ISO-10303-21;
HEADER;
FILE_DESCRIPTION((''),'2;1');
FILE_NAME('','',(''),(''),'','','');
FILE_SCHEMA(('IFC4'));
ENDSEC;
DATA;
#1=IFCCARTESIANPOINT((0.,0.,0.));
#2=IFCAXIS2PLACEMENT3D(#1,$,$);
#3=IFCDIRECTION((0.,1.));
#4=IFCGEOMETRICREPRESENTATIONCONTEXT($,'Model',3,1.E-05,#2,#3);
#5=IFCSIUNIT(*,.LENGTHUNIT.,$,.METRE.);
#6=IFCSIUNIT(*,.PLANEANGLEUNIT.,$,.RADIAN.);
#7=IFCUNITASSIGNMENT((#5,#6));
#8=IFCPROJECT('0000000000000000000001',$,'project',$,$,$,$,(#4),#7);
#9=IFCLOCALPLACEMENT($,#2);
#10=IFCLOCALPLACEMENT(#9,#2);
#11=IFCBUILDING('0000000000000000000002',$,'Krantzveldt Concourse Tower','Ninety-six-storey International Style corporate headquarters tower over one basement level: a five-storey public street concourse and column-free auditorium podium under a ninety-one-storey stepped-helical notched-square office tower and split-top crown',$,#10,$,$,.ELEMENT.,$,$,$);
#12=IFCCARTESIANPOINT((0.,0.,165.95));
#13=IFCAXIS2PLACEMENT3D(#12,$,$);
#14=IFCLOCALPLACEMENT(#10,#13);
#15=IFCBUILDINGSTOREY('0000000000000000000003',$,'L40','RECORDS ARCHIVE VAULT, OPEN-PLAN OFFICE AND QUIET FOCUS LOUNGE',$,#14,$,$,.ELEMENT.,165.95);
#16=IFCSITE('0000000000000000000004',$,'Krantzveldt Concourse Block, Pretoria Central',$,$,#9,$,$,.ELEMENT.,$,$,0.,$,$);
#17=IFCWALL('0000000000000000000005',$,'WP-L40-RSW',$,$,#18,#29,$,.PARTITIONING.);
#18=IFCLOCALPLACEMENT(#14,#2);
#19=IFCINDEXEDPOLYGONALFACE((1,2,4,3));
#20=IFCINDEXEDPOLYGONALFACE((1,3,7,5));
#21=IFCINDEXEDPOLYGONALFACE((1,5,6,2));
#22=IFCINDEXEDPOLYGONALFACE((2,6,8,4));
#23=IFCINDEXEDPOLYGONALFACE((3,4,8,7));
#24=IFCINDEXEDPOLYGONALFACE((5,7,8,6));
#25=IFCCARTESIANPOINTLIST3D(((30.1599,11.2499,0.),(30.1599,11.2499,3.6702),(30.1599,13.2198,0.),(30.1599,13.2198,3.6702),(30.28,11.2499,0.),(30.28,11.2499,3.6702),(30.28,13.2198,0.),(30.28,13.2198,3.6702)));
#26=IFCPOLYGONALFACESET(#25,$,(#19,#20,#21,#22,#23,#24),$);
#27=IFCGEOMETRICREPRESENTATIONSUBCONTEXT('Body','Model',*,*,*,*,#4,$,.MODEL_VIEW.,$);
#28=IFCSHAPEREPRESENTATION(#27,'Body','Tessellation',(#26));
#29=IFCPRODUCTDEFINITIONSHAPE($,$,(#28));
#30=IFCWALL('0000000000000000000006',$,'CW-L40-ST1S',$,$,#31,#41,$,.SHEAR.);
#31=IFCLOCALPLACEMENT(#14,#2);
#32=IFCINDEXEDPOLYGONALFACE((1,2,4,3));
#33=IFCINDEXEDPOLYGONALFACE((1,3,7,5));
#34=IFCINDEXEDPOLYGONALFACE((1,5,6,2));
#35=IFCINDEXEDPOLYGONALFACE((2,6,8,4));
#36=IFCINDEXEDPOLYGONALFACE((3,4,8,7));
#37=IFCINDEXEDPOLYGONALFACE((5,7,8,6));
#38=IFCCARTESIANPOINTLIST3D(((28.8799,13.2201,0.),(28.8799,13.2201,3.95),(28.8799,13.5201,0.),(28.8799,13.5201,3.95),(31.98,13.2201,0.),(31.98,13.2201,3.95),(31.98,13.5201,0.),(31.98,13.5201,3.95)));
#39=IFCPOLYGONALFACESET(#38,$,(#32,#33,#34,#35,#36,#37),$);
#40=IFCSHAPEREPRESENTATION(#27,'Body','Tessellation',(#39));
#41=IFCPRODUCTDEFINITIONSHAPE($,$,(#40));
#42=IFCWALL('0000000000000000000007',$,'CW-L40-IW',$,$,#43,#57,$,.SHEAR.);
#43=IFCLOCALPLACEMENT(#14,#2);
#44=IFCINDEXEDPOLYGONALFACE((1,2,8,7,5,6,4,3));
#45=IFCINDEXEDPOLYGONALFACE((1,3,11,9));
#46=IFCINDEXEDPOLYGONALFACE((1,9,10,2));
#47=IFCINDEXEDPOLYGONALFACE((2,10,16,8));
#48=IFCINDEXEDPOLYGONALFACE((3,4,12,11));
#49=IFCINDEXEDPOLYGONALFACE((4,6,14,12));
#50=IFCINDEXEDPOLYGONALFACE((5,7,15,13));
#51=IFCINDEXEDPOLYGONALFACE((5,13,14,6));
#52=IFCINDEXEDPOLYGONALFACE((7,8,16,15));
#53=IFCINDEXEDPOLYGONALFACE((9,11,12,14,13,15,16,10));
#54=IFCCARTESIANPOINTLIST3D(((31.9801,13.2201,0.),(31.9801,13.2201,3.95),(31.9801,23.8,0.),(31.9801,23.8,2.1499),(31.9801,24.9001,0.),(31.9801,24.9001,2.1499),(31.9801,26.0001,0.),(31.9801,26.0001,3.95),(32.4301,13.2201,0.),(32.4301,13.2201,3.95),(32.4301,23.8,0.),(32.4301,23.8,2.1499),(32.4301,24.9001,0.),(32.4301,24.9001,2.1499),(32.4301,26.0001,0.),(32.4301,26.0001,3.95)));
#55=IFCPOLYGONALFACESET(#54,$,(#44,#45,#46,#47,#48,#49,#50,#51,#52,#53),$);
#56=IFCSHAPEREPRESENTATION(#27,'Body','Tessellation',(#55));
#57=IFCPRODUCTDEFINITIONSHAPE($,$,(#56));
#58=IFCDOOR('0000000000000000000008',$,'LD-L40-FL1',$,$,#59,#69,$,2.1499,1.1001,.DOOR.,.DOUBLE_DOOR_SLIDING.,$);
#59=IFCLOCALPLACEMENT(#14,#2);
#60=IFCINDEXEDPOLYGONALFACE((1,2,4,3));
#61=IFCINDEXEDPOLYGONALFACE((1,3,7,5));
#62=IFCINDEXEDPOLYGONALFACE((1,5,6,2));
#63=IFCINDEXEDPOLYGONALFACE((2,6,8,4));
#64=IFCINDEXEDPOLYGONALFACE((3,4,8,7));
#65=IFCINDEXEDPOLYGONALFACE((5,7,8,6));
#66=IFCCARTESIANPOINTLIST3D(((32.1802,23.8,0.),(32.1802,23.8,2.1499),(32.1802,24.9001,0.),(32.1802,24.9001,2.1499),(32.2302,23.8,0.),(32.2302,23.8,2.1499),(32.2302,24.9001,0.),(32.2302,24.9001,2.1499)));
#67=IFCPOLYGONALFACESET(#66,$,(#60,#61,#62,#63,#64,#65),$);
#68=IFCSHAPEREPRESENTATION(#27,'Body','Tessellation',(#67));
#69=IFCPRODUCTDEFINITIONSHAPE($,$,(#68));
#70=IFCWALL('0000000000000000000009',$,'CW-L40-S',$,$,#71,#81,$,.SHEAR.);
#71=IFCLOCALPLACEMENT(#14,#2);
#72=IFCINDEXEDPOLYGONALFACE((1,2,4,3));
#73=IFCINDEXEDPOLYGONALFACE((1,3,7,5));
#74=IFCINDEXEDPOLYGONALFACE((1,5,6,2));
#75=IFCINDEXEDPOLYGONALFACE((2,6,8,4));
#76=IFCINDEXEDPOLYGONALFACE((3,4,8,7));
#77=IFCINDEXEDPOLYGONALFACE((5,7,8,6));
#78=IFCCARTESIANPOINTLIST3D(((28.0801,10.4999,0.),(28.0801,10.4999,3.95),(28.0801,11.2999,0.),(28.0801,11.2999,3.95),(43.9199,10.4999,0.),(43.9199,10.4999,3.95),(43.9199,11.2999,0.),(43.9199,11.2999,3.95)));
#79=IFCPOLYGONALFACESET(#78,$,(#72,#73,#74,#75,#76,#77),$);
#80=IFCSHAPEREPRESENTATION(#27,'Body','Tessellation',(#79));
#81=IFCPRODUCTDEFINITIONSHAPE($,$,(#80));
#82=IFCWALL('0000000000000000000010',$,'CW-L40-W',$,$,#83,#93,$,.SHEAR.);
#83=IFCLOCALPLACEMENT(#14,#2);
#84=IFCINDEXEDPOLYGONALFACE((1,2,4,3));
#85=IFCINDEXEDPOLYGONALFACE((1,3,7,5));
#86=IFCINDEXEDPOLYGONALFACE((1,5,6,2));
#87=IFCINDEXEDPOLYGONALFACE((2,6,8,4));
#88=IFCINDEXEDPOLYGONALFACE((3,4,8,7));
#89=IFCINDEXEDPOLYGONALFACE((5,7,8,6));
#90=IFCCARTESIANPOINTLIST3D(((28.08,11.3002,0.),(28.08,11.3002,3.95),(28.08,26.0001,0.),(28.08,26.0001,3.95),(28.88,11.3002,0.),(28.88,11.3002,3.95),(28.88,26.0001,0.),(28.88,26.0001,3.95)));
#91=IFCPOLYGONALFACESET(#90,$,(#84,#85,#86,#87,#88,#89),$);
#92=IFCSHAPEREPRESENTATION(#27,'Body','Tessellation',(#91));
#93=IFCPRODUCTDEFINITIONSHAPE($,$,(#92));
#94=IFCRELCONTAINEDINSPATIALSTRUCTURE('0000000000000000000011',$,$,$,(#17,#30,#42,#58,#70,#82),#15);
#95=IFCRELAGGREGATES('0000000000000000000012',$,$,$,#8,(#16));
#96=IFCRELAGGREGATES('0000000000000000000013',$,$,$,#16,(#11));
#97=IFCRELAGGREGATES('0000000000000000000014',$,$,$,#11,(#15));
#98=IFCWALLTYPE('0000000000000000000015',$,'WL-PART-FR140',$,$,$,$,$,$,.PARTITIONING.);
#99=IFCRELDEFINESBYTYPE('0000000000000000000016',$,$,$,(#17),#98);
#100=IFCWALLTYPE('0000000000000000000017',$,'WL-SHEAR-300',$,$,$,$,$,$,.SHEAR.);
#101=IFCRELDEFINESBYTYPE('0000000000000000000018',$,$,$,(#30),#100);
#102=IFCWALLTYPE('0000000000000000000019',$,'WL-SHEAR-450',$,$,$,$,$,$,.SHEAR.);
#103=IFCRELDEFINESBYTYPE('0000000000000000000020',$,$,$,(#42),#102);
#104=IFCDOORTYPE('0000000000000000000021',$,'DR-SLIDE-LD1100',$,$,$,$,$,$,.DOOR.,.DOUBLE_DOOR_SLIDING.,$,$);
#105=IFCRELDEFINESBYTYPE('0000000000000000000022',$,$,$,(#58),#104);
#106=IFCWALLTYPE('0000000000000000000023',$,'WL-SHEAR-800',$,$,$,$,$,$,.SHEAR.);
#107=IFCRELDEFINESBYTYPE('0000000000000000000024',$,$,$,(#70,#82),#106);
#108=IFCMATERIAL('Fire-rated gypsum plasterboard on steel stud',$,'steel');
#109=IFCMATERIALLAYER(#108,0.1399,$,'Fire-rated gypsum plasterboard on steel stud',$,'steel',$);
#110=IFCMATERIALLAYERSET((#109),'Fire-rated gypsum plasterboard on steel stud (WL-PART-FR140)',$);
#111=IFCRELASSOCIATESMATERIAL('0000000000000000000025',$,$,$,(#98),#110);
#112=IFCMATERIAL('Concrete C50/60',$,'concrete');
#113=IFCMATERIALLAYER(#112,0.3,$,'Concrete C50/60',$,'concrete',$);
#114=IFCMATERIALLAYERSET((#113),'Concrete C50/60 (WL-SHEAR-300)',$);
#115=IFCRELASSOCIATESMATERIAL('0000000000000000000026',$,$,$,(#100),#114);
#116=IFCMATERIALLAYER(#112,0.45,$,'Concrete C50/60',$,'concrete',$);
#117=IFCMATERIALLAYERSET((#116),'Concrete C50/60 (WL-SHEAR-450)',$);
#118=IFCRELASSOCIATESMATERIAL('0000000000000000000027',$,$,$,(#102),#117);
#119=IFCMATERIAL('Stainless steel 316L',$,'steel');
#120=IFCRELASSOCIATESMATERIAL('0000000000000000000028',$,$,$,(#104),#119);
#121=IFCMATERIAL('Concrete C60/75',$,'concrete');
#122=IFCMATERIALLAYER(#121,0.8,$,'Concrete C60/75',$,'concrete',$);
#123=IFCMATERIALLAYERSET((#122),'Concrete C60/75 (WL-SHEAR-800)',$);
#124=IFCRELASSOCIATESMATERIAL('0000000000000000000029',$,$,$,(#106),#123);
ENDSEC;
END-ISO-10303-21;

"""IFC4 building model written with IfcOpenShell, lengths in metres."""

from ifc_helpers import new_model, si_unit, direction, frame, frame_2d, origin, place, context, subcontext, project, spatial, rectangle, extrude, material, layer, layer_set, type_object, element, fill, save


model = new_model("IFC4")

# Units and contexts
model_context = context("Model", 3, precision=1e-05, world=origin(), true_north=direction((0.0, 1.0)))
body_context = subcontext(model_context, "Body", "Model", "MODEL_VIEW")
ifc_project = project(units=[si_unit("LENGTHUNIT", "METRE"), si_unit("PLANEANGLEUNIT", "RADIAN")], contexts=[model_context])

# Site, building, storey
site_placement = place(None, origin())
site = spatial("IfcSite", under=ifc_project, at=site_placement, Name="Krantzveldt Concourse Block, Pretoria Central", CompositionType="ELEMENT", RefElevation=0.0)
building_placement = place(site_placement, origin())
building = spatial("IfcBuilding", under=site, at=building_placement, Name="Krantzveldt Concourse Tower", Description="Ninety-six-storey International Style corporate headquarters tower over one basement level: a five-storey public street concourse and column-free auditorium podium under a ninety-one-storey stepped-helical notched-square office tower and split-top crown", CompositionType="ELEMENT")
storey_placement = place(building_placement, frame((0.0, 0.0, 165.95)))
storey = spatial("IfcBuildingStorey", under=building, at=storey_placement, Name="L40", Description="RECORDS ARCHIVE VAULT, OPEN-PLAN OFFICE AND QUIET FOCUS LOUNGE", CompositionType="ELEMENT", Elevation=165.95)

# Shared definitions
ifc_material_1 = material(Name="Concrete C50/60", Category="concrete")

# Shared definitions
ifc_material_2 = material(Name="Fire-rated gypsum plasterboard on steel stud", Category="steel")

# Walls
ifc_layer_1 = layer(ifc_material_2, 0.1399, Name="Fire-rated gypsum plasterboard on steel stud", Category="steel")
ifc_layer_set_1 = layer_set([ifc_layer_1], Name="Fire-rated gypsum plasterboard on steel stud (WL-PART-FR140)")
wall_type_1 = type_object("IfcWallType", Name="WL-PART-FR140", PredefinedType="PARTITIONING", material=ifc_layer_set_1)
wall_1_placement = place(storey_placement, frame((30.22, 11.25, 0.0), z_axis=(0.0, 0.0, 1.0), x_axis=(0.0, 1.0, 0.0)))
element("IfcWall", 1, at=wall_1_placement, inside=storey, type_object=wall_type_1, Name="WP-L40-RSW", PredefinedType="PARTITIONING", context=body_context, shape_type="SweptSolid", body=[
    extrude(rectangle(XDim=1.97, YDim=0.1201, at=frame_2d((0.9849, 0.0))), origin(), (0.0, 0.0, 1.0), 3.6702),
])
ifc_layer_2 = layer(ifc_material_1, 0.3, Name="Concrete C50/60", Category="concrete")
ifc_layer_set_2 = layer_set([ifc_layer_2], Name="Concrete C50/60 (WL-SHEAR-300)")
wall_type_2 = type_object("IfcWallType", Name="WL-SHEAR-300", PredefinedType="SHEAR", material=ifc_layer_set_2)
wall_2_placement = place(storey_placement, frame((28.8799, 13.3701, 0.0), z_axis=(0.0, 0.0, 1.0), x_axis=(1.0, 0.0, 0.0)))
element("IfcWall", 2, at=wall_2_placement, inside=storey, type_object=wall_type_2, Name="CW-L40-ST1S", PredefinedType="SHEAR", context=body_context, shape_type="SweptSolid", body=[
    extrude(rectangle(XDim=3.1001, YDim=0.3, at=frame_2d((1.55, 0.0))), origin(), (0.0, 0.0, 1.0), 3.95),
])

# Wall, opening, door
ifc_layer_3 = layer(ifc_material_1, 0.45, Name="Concrete C50/60", Category="concrete")
ifc_layer_set_3 = layer_set([ifc_layer_3], Name="Concrete C50/60 (WL-SHEAR-450)")
wall_type_3 = type_object("IfcWallType", Name="WL-SHEAR-450", PredefinedType="SHEAR", material=ifc_layer_set_3)
wall_3_placement = place(storey_placement, frame((32.2051, 13.22, 0.0), z_axis=(0.0, 0.0, 1.0), x_axis=(0.0, 1.0, 0.0)))
wall_3 = element("IfcWall", 3, at=wall_3_placement, inside=storey, type_object=wall_type_3, Name="CW-L40-IW", PredefinedType="SHEAR", context=body_context, shape_type="SweptSolid", body=[
    extrude(rectangle(XDim=12.78, YDim=0.45, at=frame_2d((6.3901, 0.0))), origin(), (0.0, 0.0, 1.0), 3.95),
])
opening_1_placement = place(wall_3_placement, frame((10.5801, 0.0, 0.0)))
opening_1 = element("IfcOpeningElement", 4, at=opening_1_placement, cuts=wall_3, PredefinedType="OPENING", context=body_context, shape_type="SweptSolid", body=[
    extrude(rectangle(XDim=1.1001, YDim=2.1499, at=frame_2d((0.55, 1.075))), frame((0.0, 0.2349, 0.0), z_axis=(0.0, -1.0, 0.0), x_axis=(1.0, 0.0, 0.0)), (0.0, 0.0, 1.0), 0.47),
])
ifc_material_3 = material(Name="Stainless steel 316L", Category="steel")
door_type_1 = type_object("IfcDoorType", Name="DR-SLIDE-LD1100", OperationType="DOUBLE_DOOR_SLIDING", PredefinedType="DOOR", material=ifc_material_3)
door_1_placement = place(opening_1_placement, origin())
door_1 = element("IfcDoor", 5, at=door_1_placement, inside=storey, type_object=door_type_1, Name="LD-L40-FL1", OperationType="DOUBLE_DOOR_SLIDING", OverallHeight=2.1499, OverallWidth=1.1001, PredefinedType="DOOR", context=body_context, shape_type="SweptSolid", body=[
    extrude(rectangle(XDim=1.1001, YDim=2.1499, at=frame_2d((0.55, 1.075))), frame((0.0, 0.0249, 0.0), z_axis=(0.0, -1.0, 0.0), x_axis=(1.0, 0.0, 0.0)), (0.0, 0.0, 1.0), 0.05),
])
fill(opening_1, door_1)

# Walls
ifc_material_4 = material(Name="Concrete C60/75", Category="concrete")
ifc_layer_4 = layer(ifc_material_4, 0.8, Name="Concrete C60/75", Category="concrete")
ifc_layer_set_4 = layer_set([ifc_layer_4], Name="Concrete C60/75 (WL-SHEAR-800)")
wall_type_4 = type_object("IfcWallType", Name="WL-SHEAR-800", PredefinedType="SHEAR", material=ifc_layer_set_4)
wall_4_placement = place(storey_placement, frame((28.0801, 10.8999, 0.0), z_axis=(0.0, 0.0, 1.0), x_axis=(1.0, 0.0, 0.0)))
element("IfcWall", 6, at=wall_4_placement, inside=storey, type_object=wall_type_4, Name="CW-L40-S", PredefinedType="SHEAR", context=body_context, shape_type="SweptSolid", body=[
    extrude(rectangle(XDim=15.8398, YDim=0.8, at=frame_2d((7.9199, 0.0))), origin(), (0.0, 0.0, 1.0), 3.95),
])
wall_5_placement = place(storey_placement, frame((28.48, 11.3, 0.0), z_axis=(0.0, 0.0, 1.0), x_axis=(0.0, 1.0, 0.0)))
element("IfcWall", 7, at=wall_5_placement, inside=storey, type_object=wall_type_4, Name="CW-L40-W", PredefinedType="SHEAR", context=body_context, shape_type="SweptSolid", body=[
    extrude(rectangle(XDim=14.7, YDim=0.8, at=frame_2d((7.3501, 0.0))), origin(), (0.0, 0.0, 1.0), 3.95),
])

save(model, "model.ifc")
